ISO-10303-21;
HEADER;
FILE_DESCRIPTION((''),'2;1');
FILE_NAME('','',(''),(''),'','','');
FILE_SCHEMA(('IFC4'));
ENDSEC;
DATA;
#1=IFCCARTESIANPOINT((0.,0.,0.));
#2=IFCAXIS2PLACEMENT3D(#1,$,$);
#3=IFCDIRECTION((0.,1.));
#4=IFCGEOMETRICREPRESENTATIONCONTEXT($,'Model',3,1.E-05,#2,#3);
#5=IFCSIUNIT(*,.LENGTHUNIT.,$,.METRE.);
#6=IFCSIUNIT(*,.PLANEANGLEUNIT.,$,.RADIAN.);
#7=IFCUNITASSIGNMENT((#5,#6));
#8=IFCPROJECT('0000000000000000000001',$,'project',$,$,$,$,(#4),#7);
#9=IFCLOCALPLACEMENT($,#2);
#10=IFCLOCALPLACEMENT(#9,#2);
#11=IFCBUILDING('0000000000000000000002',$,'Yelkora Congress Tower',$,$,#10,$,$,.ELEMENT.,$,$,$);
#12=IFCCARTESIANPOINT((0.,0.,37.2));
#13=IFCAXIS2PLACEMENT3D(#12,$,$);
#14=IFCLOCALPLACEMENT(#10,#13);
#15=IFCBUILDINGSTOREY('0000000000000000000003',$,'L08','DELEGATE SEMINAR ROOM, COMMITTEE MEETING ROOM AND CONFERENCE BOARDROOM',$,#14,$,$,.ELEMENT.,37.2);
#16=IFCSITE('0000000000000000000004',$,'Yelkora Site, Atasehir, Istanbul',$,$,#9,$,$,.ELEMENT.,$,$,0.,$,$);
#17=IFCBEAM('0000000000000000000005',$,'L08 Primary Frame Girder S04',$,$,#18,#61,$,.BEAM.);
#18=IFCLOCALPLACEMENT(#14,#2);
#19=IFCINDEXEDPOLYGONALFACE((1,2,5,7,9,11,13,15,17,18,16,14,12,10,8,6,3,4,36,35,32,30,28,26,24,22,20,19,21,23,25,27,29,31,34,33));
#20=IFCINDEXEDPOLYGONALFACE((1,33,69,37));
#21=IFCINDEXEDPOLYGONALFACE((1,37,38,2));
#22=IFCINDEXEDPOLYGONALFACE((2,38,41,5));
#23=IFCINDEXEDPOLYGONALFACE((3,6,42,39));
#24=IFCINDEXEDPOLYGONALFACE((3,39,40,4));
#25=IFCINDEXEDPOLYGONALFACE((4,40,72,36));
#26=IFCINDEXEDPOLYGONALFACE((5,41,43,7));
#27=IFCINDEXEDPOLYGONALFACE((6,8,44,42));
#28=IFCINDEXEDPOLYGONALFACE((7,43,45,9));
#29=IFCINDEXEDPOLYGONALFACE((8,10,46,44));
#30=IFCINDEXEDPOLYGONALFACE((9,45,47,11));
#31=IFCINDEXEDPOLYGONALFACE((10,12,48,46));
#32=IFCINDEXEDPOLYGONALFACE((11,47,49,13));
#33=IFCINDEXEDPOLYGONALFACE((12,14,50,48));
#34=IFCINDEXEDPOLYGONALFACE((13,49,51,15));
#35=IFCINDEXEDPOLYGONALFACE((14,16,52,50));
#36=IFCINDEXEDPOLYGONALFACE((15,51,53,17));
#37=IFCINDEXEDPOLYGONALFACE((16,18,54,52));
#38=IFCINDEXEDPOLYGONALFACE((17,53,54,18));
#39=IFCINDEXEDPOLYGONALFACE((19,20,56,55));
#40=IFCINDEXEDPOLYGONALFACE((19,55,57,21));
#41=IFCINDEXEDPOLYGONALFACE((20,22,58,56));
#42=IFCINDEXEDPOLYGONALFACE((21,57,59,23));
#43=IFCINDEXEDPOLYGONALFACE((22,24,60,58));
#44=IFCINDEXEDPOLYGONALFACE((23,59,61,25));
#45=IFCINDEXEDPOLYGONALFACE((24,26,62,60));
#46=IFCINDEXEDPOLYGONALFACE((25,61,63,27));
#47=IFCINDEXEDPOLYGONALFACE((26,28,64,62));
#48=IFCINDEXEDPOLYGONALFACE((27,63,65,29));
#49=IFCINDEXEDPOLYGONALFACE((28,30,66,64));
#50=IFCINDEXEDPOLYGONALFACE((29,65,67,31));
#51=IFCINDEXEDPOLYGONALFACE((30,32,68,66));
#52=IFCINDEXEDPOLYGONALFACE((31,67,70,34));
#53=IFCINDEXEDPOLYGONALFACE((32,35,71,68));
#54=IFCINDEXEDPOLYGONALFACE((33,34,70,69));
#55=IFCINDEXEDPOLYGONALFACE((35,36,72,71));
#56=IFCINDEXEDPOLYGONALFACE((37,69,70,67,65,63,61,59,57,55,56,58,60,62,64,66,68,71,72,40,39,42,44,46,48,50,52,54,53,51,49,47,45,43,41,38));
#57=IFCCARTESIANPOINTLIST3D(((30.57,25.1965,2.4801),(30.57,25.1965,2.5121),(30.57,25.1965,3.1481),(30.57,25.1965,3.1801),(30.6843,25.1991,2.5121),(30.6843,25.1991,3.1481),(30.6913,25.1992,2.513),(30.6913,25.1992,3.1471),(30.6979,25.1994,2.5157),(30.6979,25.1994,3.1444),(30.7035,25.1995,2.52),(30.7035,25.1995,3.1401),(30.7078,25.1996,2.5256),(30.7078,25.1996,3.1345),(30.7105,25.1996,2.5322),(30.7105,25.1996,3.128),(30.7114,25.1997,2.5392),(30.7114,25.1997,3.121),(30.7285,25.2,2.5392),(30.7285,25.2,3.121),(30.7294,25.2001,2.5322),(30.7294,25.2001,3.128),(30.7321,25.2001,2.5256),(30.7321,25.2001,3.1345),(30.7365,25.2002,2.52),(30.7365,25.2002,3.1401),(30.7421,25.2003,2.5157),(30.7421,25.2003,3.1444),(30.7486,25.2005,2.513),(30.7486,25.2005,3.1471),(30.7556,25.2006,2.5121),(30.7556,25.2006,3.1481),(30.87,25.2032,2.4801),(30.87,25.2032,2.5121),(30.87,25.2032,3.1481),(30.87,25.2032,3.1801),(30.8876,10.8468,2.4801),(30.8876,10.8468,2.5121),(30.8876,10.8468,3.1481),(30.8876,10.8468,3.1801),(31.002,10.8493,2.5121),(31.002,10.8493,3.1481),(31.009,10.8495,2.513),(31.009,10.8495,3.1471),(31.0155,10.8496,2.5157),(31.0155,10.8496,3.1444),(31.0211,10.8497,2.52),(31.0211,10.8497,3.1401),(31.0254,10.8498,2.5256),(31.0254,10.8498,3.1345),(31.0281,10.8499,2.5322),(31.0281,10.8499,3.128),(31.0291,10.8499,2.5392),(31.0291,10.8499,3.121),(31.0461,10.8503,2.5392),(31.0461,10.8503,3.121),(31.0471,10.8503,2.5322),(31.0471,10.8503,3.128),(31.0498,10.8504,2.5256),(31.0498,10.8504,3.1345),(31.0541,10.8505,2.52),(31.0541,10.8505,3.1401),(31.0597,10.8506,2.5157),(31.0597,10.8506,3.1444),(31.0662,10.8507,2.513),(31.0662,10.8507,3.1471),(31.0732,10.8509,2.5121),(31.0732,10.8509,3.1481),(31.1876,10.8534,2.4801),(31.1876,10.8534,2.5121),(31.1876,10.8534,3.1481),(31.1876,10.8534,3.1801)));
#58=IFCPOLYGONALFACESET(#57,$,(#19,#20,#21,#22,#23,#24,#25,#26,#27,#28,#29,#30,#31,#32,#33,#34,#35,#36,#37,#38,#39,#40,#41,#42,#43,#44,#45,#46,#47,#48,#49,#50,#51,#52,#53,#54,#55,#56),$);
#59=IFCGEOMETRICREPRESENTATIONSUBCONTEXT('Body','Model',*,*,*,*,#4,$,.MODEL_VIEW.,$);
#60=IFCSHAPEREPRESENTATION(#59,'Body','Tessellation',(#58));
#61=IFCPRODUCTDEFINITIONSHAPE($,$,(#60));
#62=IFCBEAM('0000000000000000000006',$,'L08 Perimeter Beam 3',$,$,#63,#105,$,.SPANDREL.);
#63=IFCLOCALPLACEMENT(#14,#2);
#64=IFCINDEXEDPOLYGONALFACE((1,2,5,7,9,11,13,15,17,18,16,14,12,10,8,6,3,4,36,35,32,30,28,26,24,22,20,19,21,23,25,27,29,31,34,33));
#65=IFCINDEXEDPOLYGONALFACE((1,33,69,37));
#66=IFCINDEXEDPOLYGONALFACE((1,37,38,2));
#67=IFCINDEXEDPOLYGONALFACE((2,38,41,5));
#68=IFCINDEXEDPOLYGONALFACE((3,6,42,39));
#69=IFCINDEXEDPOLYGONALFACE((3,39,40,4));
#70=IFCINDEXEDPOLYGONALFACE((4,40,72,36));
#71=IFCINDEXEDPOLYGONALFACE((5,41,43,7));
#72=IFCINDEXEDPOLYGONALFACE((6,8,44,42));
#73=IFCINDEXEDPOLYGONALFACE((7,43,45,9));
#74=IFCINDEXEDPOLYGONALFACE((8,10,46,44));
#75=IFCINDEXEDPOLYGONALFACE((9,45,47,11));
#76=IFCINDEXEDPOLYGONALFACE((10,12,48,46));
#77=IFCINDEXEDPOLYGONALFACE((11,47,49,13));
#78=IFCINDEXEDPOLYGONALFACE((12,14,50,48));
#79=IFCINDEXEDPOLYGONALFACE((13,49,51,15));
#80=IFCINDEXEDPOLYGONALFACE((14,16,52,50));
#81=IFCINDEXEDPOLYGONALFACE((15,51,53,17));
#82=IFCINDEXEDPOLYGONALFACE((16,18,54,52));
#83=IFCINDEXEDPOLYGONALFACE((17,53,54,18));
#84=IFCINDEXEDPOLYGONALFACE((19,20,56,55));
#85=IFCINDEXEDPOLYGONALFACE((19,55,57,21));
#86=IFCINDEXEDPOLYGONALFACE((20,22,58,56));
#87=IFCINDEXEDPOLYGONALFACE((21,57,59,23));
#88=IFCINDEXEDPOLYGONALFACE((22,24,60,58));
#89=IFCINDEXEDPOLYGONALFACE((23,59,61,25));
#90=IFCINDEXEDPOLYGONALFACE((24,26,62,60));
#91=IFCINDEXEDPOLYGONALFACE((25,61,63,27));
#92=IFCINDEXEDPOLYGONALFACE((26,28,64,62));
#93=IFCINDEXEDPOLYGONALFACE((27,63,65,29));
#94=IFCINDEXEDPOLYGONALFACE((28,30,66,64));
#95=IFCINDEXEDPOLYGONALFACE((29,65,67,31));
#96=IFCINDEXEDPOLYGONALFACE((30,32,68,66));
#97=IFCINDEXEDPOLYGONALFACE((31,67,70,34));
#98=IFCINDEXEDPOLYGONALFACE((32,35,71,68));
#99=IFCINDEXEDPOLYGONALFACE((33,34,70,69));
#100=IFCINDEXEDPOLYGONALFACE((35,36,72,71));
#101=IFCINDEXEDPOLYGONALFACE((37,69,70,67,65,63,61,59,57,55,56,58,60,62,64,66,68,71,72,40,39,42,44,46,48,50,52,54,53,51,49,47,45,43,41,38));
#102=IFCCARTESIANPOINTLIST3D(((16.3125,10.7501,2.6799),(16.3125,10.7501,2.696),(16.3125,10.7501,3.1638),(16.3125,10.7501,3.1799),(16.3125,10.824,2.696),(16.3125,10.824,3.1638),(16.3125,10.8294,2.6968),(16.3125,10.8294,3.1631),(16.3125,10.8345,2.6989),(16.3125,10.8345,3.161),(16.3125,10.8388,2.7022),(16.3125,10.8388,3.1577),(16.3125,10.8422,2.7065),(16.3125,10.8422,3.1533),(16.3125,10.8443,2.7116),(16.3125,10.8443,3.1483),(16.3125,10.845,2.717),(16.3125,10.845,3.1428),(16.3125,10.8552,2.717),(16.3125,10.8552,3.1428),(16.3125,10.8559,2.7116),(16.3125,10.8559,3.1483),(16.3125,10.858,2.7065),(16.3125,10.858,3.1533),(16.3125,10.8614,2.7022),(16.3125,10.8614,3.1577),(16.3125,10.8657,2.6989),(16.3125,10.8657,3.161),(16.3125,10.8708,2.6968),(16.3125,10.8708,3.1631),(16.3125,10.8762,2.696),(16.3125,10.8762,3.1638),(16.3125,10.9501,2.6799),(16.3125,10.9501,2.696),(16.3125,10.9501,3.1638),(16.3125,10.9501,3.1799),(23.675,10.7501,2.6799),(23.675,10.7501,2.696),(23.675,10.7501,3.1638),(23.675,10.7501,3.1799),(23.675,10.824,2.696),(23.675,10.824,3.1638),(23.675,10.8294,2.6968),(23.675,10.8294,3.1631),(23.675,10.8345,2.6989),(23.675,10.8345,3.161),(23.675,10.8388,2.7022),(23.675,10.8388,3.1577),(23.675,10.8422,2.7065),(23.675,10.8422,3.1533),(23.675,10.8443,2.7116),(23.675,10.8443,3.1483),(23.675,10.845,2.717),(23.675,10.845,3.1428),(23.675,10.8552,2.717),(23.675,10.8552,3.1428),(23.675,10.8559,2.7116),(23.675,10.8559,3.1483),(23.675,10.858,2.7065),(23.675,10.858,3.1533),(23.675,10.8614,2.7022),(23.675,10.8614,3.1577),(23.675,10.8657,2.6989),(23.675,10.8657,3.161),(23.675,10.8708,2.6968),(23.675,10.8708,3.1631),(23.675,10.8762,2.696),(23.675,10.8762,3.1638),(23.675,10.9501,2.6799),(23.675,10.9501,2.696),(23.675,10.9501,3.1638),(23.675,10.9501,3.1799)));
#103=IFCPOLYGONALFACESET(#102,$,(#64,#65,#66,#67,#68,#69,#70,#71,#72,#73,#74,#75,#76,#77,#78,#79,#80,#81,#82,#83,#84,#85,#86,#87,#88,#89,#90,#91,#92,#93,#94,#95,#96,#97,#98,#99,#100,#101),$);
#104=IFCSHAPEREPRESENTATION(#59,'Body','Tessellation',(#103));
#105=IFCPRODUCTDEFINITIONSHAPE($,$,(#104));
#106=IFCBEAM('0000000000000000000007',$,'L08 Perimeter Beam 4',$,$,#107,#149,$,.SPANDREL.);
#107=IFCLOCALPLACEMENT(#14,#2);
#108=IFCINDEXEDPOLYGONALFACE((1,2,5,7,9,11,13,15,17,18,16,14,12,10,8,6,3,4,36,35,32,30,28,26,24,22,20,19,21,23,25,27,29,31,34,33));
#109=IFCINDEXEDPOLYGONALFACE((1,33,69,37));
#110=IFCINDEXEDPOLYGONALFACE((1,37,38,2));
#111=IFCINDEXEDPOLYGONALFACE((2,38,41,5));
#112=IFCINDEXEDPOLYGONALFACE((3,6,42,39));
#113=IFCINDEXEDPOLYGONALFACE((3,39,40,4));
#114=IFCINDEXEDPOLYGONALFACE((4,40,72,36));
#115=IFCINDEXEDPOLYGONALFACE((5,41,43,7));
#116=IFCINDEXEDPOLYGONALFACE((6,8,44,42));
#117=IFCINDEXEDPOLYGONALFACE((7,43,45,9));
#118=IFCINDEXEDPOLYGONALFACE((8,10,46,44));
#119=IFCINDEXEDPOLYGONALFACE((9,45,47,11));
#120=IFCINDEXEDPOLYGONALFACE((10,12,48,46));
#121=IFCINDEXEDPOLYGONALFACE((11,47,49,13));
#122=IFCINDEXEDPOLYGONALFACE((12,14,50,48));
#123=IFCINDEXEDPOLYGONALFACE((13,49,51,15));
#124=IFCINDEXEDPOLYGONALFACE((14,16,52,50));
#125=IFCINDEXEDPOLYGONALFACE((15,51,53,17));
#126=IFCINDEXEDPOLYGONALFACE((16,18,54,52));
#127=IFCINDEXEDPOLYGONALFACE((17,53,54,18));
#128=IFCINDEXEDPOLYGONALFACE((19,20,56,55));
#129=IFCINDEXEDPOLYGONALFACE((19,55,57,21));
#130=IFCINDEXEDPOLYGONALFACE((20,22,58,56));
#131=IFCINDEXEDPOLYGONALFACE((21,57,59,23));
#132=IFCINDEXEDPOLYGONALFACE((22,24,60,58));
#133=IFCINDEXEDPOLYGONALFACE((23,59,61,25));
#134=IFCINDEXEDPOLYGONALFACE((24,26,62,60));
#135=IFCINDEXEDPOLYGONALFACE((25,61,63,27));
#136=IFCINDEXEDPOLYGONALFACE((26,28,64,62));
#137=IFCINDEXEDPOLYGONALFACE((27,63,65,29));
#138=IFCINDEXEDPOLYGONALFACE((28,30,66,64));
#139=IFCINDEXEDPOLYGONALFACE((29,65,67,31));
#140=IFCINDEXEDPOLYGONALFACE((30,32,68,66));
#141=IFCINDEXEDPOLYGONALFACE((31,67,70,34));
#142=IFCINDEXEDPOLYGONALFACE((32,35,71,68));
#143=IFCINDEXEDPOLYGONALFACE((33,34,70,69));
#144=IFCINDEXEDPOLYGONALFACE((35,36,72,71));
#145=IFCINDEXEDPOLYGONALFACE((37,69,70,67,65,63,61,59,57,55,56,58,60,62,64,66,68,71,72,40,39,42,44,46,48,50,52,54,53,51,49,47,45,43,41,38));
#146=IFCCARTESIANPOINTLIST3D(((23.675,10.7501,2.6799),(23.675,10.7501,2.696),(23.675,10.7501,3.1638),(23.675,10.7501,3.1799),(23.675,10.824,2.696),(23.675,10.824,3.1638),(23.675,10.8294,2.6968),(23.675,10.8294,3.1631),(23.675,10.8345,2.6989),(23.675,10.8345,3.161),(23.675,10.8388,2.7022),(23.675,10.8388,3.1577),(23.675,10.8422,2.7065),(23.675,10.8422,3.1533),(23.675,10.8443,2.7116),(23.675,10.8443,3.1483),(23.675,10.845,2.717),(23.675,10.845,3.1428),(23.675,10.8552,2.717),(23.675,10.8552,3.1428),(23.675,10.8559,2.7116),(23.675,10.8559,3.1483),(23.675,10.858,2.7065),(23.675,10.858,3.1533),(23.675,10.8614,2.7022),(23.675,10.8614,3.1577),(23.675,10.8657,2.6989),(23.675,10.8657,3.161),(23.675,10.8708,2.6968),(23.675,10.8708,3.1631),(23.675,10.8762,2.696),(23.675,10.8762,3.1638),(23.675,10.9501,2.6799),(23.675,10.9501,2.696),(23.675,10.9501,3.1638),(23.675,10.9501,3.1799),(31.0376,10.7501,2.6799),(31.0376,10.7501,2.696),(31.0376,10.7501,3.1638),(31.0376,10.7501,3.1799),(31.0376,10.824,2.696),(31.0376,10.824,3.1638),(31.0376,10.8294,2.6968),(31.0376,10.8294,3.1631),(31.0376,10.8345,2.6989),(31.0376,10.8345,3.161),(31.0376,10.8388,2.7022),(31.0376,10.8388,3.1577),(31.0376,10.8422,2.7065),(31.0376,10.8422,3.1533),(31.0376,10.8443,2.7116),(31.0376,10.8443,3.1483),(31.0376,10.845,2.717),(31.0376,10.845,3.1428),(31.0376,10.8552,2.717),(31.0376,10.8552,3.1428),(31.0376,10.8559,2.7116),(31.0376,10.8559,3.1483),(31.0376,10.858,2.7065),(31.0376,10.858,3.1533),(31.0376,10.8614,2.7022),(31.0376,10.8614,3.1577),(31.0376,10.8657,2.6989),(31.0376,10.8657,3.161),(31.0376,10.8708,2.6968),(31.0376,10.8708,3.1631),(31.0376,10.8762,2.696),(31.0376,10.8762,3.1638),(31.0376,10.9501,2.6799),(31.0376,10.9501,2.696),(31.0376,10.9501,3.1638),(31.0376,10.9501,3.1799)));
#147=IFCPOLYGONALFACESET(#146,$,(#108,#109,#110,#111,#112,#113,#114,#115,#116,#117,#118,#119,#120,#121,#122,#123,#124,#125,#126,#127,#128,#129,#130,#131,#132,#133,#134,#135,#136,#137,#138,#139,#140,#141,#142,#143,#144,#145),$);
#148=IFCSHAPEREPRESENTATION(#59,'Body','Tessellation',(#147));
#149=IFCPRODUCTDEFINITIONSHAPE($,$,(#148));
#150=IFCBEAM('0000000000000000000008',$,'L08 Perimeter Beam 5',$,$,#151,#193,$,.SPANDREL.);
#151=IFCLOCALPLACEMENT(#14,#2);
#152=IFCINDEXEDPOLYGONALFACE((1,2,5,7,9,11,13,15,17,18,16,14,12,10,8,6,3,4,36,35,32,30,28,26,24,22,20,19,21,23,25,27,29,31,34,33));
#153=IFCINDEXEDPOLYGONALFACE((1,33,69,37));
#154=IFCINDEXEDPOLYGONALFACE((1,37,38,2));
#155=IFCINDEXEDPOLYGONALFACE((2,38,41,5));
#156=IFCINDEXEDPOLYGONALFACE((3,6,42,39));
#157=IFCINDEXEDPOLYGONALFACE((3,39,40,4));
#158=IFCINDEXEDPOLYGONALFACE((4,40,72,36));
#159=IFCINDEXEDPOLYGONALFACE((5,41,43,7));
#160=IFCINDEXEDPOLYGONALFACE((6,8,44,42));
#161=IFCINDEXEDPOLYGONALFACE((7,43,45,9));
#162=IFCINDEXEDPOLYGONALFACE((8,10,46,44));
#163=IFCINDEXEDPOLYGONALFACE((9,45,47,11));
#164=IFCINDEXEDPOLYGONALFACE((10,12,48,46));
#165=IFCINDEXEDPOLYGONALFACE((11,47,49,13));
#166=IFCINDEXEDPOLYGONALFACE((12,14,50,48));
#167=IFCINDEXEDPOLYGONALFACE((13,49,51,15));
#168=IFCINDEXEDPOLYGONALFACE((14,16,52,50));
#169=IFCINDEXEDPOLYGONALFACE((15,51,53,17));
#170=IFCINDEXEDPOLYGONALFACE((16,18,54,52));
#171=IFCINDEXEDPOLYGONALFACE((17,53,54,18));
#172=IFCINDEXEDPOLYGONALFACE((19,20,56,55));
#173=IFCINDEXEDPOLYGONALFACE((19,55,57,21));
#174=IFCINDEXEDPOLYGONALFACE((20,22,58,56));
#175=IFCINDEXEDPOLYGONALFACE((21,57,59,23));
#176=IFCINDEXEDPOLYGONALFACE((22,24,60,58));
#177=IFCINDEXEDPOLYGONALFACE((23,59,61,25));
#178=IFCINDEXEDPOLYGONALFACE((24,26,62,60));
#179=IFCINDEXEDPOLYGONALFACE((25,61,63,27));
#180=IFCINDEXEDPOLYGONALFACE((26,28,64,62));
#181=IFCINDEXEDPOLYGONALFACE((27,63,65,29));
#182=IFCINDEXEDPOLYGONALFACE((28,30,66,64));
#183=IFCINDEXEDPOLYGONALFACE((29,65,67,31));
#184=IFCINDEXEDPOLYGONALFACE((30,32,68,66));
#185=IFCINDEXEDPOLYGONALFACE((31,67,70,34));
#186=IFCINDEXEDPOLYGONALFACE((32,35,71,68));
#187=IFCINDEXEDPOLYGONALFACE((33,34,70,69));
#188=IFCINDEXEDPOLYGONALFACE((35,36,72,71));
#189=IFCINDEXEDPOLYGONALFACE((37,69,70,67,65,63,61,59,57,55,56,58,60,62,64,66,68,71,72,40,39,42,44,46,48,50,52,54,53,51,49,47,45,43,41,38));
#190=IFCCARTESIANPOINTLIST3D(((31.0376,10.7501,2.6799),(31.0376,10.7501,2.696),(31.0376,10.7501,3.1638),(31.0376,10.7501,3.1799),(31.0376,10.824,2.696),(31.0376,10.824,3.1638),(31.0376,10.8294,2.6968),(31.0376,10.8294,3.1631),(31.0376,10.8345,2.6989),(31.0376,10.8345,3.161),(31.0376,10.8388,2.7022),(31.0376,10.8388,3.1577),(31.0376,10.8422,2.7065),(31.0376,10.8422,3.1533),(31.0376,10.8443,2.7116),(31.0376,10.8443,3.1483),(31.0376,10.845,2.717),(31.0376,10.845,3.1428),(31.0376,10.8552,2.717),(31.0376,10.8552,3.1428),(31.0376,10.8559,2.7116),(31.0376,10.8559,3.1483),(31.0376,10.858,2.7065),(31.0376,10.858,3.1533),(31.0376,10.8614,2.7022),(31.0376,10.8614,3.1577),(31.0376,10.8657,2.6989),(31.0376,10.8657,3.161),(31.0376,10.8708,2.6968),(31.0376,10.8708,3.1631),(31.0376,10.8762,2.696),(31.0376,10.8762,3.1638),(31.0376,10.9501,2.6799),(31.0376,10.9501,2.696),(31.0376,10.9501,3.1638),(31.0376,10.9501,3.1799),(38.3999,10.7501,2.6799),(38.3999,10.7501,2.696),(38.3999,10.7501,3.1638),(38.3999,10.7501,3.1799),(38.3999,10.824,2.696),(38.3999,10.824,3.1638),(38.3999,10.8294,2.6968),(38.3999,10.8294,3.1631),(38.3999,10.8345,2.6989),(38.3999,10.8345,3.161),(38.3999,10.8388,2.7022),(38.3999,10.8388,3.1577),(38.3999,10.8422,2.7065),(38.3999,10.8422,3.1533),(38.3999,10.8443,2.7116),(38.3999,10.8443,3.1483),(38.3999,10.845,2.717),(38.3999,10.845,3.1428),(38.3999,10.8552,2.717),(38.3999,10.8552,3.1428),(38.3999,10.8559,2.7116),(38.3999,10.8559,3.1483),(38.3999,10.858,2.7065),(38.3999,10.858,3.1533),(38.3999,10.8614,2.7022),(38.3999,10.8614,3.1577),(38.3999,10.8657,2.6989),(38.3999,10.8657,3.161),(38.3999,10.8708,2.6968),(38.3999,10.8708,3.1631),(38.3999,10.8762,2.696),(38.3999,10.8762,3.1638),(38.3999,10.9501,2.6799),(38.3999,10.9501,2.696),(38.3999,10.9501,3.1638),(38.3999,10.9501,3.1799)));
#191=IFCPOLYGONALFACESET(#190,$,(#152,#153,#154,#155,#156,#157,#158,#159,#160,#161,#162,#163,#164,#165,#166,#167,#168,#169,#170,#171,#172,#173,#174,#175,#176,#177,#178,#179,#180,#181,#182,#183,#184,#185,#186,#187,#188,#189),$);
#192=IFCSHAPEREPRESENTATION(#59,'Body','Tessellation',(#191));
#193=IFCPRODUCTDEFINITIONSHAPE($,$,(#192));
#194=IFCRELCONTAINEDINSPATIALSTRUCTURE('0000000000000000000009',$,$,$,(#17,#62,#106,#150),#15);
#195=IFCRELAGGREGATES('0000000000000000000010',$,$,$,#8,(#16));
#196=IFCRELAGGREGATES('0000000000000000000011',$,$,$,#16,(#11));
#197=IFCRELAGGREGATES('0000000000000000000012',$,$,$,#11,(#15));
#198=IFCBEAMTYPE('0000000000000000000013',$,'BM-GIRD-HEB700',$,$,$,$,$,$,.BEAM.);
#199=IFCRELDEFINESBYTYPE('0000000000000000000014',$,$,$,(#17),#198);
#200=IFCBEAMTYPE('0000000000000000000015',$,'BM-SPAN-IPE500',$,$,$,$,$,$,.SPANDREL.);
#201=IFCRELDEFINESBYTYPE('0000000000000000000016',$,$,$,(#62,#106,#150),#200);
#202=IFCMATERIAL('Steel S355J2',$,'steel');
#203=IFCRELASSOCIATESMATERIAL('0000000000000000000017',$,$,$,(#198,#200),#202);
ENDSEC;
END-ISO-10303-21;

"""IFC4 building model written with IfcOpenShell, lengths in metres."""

from ifc_helpers import new_model, si_unit, direction, frame, origin, origin_2d, place, context, subcontext, project, spatial, i_section, extrude, material, material_profile, profile_set, type_object, element, save


model = new_model("IFC4")

# Units and contexts
model_context = context("Model", 3, precision=1e-05, world=origin(), true_north=direction((0.0, 1.0)))
body_context = subcontext(model_context, "Body", "Model", "MODEL_VIEW")
ifc_project = project(units=[si_unit("LENGTHUNIT", "METRE"), si_unit("PLANEANGLEUNIT", "RADIAN")], contexts=[model_context])

# Site, building, storey
site_placement = place(None, origin())
site = spatial("IfcSite", under=ifc_project, at=site_placement, Name="Yelkora Site, Atasehir, Istanbul", CompositionType="ELEMENT", RefElevation=0.0)
building_placement = place(site_placement, origin())
building = spatial("IfcBuilding", under=site, at=building_placement, Name="Yelkora Congress Tower", CompositionType="ELEMENT")
storey_placement = place(building_placement, frame((0.0, 0.0, 37.2)))
storey = spatial("IfcBuildingStorey", under=building, at=storey_placement, Name="L08", Description="DELEGATE SEMINAR ROOM, COMMITTEE MEETING ROOM AND CONFERENCE BOARDROOM", CompositionType="ELEMENT", Elevation=37.2)

# Beams
ifc_material_1 = material(Name="Steel S355J2", Category="steel")
ifc_material_profile_1 = material_profile(ifc_material_1, i_section(OverallWidth=0.3, OverallDepth=0.7, WebThickness=0.0171, FlangeThickness=0.032, FilletRadius=0.0271, at=origin_2d()), Name="HEB 700")
ifc_profile_set_1 = profile_set([ifc_material_profile_1], Name="Steel S355J2")
beam_type_1 = type_object("IfcBeamType", Name="BM-GIRD-HEB700", PredefinedType="BEAM", material=ifc_profile_set_1)
beam_1_placement = place(storey_placement, frame((31.0376, 10.8501, 2.8301), z_axis=(-0.022129, 0.999755, 0.0), x_axis=(-0.999755, -0.022129, 0.0)))
element("IfcBeam", 1, at=beam_1_placement, inside=storey, type_object=beam_type_1, Name="L08 Primary Frame Girder S04", PredefinedType="BEAM", context=body_context, shape_type="SweptSolid", body=[
    extrude(i_section(OverallWidth=0.3, OverallDepth=0.7, WebThickness=0.0171, FlangeThickness=0.032, FilletRadius=0.0271, at=origin_2d()), origin(), (0.0, 0.0, 1.0), 14.3533),
])
ifc_material_profile_2 = material_profile(ifc_material_1, i_section(OverallWidth=0.2, OverallDepth=0.5, WebThickness=0.0103, FlangeThickness=0.0161, FilletRadius=0.021, at=origin_2d()), Name="IPE 500")
ifc_profile_set_2 = profile_set([ifc_material_profile_2], Name="Steel S355J2")
beam_type_2 = type_object("IfcBeamType", Name="BM-SPAN-IPE500", PredefinedType="SPANDREL", material=ifc_profile_set_2)
for number, where, z_axis, x_axis, name in (
    (2, (16.3125, 10.8501, 2.9299), (1.0, 0.0, 0.0), (0.0, 1.0, 0.0), "L08 Perimeter Beam 3"),
    (3, (23.675, 10.8501, 2.9299), (1.0, 0.0, 0.0), (0.0, 1.0, 0.0), "L08 Perimeter Beam 4"),
):
    element("IfcBeam", number, at=place(storey_placement, frame(where, z_axis=z_axis, x_axis=x_axis)), inside=storey, type_object=beam_type_2, Name=name, PredefinedType="SPANDREL", context=body_context, shape_type="SweptSolid", body=[
        extrude(i_section(OverallWidth=0.2, OverallDepth=0.5, WebThickness=0.0103, FlangeThickness=0.0161, FilletRadius=0.021, at=origin_2d()), origin(), (0.0, 0.0, 1.0), 7.3625),
    ])
beam_2_placement = place(storey_placement, frame((31.0376, 10.8501, 2.9299), z_axis=(1.0, 0.0, 0.0), x_axis=(0.0, 1.0, 0.0)))
element("IfcBeam", 4, at=beam_2_placement, inside=storey, type_object=beam_type_2, Name="L08 Perimeter Beam 5", PredefinedType="SPANDREL", context=body_context, shape_type="SweptSolid", body=[
    extrude(i_section(OverallWidth=0.2, OverallDepth=0.5, WebThickness=0.0103, FlangeThickness=0.0161, FilletRadius=0.021, at=origin_2d()), origin(), (0.0, 0.0, 1.0), 7.3623),
])

save(model, "model.ifc")
